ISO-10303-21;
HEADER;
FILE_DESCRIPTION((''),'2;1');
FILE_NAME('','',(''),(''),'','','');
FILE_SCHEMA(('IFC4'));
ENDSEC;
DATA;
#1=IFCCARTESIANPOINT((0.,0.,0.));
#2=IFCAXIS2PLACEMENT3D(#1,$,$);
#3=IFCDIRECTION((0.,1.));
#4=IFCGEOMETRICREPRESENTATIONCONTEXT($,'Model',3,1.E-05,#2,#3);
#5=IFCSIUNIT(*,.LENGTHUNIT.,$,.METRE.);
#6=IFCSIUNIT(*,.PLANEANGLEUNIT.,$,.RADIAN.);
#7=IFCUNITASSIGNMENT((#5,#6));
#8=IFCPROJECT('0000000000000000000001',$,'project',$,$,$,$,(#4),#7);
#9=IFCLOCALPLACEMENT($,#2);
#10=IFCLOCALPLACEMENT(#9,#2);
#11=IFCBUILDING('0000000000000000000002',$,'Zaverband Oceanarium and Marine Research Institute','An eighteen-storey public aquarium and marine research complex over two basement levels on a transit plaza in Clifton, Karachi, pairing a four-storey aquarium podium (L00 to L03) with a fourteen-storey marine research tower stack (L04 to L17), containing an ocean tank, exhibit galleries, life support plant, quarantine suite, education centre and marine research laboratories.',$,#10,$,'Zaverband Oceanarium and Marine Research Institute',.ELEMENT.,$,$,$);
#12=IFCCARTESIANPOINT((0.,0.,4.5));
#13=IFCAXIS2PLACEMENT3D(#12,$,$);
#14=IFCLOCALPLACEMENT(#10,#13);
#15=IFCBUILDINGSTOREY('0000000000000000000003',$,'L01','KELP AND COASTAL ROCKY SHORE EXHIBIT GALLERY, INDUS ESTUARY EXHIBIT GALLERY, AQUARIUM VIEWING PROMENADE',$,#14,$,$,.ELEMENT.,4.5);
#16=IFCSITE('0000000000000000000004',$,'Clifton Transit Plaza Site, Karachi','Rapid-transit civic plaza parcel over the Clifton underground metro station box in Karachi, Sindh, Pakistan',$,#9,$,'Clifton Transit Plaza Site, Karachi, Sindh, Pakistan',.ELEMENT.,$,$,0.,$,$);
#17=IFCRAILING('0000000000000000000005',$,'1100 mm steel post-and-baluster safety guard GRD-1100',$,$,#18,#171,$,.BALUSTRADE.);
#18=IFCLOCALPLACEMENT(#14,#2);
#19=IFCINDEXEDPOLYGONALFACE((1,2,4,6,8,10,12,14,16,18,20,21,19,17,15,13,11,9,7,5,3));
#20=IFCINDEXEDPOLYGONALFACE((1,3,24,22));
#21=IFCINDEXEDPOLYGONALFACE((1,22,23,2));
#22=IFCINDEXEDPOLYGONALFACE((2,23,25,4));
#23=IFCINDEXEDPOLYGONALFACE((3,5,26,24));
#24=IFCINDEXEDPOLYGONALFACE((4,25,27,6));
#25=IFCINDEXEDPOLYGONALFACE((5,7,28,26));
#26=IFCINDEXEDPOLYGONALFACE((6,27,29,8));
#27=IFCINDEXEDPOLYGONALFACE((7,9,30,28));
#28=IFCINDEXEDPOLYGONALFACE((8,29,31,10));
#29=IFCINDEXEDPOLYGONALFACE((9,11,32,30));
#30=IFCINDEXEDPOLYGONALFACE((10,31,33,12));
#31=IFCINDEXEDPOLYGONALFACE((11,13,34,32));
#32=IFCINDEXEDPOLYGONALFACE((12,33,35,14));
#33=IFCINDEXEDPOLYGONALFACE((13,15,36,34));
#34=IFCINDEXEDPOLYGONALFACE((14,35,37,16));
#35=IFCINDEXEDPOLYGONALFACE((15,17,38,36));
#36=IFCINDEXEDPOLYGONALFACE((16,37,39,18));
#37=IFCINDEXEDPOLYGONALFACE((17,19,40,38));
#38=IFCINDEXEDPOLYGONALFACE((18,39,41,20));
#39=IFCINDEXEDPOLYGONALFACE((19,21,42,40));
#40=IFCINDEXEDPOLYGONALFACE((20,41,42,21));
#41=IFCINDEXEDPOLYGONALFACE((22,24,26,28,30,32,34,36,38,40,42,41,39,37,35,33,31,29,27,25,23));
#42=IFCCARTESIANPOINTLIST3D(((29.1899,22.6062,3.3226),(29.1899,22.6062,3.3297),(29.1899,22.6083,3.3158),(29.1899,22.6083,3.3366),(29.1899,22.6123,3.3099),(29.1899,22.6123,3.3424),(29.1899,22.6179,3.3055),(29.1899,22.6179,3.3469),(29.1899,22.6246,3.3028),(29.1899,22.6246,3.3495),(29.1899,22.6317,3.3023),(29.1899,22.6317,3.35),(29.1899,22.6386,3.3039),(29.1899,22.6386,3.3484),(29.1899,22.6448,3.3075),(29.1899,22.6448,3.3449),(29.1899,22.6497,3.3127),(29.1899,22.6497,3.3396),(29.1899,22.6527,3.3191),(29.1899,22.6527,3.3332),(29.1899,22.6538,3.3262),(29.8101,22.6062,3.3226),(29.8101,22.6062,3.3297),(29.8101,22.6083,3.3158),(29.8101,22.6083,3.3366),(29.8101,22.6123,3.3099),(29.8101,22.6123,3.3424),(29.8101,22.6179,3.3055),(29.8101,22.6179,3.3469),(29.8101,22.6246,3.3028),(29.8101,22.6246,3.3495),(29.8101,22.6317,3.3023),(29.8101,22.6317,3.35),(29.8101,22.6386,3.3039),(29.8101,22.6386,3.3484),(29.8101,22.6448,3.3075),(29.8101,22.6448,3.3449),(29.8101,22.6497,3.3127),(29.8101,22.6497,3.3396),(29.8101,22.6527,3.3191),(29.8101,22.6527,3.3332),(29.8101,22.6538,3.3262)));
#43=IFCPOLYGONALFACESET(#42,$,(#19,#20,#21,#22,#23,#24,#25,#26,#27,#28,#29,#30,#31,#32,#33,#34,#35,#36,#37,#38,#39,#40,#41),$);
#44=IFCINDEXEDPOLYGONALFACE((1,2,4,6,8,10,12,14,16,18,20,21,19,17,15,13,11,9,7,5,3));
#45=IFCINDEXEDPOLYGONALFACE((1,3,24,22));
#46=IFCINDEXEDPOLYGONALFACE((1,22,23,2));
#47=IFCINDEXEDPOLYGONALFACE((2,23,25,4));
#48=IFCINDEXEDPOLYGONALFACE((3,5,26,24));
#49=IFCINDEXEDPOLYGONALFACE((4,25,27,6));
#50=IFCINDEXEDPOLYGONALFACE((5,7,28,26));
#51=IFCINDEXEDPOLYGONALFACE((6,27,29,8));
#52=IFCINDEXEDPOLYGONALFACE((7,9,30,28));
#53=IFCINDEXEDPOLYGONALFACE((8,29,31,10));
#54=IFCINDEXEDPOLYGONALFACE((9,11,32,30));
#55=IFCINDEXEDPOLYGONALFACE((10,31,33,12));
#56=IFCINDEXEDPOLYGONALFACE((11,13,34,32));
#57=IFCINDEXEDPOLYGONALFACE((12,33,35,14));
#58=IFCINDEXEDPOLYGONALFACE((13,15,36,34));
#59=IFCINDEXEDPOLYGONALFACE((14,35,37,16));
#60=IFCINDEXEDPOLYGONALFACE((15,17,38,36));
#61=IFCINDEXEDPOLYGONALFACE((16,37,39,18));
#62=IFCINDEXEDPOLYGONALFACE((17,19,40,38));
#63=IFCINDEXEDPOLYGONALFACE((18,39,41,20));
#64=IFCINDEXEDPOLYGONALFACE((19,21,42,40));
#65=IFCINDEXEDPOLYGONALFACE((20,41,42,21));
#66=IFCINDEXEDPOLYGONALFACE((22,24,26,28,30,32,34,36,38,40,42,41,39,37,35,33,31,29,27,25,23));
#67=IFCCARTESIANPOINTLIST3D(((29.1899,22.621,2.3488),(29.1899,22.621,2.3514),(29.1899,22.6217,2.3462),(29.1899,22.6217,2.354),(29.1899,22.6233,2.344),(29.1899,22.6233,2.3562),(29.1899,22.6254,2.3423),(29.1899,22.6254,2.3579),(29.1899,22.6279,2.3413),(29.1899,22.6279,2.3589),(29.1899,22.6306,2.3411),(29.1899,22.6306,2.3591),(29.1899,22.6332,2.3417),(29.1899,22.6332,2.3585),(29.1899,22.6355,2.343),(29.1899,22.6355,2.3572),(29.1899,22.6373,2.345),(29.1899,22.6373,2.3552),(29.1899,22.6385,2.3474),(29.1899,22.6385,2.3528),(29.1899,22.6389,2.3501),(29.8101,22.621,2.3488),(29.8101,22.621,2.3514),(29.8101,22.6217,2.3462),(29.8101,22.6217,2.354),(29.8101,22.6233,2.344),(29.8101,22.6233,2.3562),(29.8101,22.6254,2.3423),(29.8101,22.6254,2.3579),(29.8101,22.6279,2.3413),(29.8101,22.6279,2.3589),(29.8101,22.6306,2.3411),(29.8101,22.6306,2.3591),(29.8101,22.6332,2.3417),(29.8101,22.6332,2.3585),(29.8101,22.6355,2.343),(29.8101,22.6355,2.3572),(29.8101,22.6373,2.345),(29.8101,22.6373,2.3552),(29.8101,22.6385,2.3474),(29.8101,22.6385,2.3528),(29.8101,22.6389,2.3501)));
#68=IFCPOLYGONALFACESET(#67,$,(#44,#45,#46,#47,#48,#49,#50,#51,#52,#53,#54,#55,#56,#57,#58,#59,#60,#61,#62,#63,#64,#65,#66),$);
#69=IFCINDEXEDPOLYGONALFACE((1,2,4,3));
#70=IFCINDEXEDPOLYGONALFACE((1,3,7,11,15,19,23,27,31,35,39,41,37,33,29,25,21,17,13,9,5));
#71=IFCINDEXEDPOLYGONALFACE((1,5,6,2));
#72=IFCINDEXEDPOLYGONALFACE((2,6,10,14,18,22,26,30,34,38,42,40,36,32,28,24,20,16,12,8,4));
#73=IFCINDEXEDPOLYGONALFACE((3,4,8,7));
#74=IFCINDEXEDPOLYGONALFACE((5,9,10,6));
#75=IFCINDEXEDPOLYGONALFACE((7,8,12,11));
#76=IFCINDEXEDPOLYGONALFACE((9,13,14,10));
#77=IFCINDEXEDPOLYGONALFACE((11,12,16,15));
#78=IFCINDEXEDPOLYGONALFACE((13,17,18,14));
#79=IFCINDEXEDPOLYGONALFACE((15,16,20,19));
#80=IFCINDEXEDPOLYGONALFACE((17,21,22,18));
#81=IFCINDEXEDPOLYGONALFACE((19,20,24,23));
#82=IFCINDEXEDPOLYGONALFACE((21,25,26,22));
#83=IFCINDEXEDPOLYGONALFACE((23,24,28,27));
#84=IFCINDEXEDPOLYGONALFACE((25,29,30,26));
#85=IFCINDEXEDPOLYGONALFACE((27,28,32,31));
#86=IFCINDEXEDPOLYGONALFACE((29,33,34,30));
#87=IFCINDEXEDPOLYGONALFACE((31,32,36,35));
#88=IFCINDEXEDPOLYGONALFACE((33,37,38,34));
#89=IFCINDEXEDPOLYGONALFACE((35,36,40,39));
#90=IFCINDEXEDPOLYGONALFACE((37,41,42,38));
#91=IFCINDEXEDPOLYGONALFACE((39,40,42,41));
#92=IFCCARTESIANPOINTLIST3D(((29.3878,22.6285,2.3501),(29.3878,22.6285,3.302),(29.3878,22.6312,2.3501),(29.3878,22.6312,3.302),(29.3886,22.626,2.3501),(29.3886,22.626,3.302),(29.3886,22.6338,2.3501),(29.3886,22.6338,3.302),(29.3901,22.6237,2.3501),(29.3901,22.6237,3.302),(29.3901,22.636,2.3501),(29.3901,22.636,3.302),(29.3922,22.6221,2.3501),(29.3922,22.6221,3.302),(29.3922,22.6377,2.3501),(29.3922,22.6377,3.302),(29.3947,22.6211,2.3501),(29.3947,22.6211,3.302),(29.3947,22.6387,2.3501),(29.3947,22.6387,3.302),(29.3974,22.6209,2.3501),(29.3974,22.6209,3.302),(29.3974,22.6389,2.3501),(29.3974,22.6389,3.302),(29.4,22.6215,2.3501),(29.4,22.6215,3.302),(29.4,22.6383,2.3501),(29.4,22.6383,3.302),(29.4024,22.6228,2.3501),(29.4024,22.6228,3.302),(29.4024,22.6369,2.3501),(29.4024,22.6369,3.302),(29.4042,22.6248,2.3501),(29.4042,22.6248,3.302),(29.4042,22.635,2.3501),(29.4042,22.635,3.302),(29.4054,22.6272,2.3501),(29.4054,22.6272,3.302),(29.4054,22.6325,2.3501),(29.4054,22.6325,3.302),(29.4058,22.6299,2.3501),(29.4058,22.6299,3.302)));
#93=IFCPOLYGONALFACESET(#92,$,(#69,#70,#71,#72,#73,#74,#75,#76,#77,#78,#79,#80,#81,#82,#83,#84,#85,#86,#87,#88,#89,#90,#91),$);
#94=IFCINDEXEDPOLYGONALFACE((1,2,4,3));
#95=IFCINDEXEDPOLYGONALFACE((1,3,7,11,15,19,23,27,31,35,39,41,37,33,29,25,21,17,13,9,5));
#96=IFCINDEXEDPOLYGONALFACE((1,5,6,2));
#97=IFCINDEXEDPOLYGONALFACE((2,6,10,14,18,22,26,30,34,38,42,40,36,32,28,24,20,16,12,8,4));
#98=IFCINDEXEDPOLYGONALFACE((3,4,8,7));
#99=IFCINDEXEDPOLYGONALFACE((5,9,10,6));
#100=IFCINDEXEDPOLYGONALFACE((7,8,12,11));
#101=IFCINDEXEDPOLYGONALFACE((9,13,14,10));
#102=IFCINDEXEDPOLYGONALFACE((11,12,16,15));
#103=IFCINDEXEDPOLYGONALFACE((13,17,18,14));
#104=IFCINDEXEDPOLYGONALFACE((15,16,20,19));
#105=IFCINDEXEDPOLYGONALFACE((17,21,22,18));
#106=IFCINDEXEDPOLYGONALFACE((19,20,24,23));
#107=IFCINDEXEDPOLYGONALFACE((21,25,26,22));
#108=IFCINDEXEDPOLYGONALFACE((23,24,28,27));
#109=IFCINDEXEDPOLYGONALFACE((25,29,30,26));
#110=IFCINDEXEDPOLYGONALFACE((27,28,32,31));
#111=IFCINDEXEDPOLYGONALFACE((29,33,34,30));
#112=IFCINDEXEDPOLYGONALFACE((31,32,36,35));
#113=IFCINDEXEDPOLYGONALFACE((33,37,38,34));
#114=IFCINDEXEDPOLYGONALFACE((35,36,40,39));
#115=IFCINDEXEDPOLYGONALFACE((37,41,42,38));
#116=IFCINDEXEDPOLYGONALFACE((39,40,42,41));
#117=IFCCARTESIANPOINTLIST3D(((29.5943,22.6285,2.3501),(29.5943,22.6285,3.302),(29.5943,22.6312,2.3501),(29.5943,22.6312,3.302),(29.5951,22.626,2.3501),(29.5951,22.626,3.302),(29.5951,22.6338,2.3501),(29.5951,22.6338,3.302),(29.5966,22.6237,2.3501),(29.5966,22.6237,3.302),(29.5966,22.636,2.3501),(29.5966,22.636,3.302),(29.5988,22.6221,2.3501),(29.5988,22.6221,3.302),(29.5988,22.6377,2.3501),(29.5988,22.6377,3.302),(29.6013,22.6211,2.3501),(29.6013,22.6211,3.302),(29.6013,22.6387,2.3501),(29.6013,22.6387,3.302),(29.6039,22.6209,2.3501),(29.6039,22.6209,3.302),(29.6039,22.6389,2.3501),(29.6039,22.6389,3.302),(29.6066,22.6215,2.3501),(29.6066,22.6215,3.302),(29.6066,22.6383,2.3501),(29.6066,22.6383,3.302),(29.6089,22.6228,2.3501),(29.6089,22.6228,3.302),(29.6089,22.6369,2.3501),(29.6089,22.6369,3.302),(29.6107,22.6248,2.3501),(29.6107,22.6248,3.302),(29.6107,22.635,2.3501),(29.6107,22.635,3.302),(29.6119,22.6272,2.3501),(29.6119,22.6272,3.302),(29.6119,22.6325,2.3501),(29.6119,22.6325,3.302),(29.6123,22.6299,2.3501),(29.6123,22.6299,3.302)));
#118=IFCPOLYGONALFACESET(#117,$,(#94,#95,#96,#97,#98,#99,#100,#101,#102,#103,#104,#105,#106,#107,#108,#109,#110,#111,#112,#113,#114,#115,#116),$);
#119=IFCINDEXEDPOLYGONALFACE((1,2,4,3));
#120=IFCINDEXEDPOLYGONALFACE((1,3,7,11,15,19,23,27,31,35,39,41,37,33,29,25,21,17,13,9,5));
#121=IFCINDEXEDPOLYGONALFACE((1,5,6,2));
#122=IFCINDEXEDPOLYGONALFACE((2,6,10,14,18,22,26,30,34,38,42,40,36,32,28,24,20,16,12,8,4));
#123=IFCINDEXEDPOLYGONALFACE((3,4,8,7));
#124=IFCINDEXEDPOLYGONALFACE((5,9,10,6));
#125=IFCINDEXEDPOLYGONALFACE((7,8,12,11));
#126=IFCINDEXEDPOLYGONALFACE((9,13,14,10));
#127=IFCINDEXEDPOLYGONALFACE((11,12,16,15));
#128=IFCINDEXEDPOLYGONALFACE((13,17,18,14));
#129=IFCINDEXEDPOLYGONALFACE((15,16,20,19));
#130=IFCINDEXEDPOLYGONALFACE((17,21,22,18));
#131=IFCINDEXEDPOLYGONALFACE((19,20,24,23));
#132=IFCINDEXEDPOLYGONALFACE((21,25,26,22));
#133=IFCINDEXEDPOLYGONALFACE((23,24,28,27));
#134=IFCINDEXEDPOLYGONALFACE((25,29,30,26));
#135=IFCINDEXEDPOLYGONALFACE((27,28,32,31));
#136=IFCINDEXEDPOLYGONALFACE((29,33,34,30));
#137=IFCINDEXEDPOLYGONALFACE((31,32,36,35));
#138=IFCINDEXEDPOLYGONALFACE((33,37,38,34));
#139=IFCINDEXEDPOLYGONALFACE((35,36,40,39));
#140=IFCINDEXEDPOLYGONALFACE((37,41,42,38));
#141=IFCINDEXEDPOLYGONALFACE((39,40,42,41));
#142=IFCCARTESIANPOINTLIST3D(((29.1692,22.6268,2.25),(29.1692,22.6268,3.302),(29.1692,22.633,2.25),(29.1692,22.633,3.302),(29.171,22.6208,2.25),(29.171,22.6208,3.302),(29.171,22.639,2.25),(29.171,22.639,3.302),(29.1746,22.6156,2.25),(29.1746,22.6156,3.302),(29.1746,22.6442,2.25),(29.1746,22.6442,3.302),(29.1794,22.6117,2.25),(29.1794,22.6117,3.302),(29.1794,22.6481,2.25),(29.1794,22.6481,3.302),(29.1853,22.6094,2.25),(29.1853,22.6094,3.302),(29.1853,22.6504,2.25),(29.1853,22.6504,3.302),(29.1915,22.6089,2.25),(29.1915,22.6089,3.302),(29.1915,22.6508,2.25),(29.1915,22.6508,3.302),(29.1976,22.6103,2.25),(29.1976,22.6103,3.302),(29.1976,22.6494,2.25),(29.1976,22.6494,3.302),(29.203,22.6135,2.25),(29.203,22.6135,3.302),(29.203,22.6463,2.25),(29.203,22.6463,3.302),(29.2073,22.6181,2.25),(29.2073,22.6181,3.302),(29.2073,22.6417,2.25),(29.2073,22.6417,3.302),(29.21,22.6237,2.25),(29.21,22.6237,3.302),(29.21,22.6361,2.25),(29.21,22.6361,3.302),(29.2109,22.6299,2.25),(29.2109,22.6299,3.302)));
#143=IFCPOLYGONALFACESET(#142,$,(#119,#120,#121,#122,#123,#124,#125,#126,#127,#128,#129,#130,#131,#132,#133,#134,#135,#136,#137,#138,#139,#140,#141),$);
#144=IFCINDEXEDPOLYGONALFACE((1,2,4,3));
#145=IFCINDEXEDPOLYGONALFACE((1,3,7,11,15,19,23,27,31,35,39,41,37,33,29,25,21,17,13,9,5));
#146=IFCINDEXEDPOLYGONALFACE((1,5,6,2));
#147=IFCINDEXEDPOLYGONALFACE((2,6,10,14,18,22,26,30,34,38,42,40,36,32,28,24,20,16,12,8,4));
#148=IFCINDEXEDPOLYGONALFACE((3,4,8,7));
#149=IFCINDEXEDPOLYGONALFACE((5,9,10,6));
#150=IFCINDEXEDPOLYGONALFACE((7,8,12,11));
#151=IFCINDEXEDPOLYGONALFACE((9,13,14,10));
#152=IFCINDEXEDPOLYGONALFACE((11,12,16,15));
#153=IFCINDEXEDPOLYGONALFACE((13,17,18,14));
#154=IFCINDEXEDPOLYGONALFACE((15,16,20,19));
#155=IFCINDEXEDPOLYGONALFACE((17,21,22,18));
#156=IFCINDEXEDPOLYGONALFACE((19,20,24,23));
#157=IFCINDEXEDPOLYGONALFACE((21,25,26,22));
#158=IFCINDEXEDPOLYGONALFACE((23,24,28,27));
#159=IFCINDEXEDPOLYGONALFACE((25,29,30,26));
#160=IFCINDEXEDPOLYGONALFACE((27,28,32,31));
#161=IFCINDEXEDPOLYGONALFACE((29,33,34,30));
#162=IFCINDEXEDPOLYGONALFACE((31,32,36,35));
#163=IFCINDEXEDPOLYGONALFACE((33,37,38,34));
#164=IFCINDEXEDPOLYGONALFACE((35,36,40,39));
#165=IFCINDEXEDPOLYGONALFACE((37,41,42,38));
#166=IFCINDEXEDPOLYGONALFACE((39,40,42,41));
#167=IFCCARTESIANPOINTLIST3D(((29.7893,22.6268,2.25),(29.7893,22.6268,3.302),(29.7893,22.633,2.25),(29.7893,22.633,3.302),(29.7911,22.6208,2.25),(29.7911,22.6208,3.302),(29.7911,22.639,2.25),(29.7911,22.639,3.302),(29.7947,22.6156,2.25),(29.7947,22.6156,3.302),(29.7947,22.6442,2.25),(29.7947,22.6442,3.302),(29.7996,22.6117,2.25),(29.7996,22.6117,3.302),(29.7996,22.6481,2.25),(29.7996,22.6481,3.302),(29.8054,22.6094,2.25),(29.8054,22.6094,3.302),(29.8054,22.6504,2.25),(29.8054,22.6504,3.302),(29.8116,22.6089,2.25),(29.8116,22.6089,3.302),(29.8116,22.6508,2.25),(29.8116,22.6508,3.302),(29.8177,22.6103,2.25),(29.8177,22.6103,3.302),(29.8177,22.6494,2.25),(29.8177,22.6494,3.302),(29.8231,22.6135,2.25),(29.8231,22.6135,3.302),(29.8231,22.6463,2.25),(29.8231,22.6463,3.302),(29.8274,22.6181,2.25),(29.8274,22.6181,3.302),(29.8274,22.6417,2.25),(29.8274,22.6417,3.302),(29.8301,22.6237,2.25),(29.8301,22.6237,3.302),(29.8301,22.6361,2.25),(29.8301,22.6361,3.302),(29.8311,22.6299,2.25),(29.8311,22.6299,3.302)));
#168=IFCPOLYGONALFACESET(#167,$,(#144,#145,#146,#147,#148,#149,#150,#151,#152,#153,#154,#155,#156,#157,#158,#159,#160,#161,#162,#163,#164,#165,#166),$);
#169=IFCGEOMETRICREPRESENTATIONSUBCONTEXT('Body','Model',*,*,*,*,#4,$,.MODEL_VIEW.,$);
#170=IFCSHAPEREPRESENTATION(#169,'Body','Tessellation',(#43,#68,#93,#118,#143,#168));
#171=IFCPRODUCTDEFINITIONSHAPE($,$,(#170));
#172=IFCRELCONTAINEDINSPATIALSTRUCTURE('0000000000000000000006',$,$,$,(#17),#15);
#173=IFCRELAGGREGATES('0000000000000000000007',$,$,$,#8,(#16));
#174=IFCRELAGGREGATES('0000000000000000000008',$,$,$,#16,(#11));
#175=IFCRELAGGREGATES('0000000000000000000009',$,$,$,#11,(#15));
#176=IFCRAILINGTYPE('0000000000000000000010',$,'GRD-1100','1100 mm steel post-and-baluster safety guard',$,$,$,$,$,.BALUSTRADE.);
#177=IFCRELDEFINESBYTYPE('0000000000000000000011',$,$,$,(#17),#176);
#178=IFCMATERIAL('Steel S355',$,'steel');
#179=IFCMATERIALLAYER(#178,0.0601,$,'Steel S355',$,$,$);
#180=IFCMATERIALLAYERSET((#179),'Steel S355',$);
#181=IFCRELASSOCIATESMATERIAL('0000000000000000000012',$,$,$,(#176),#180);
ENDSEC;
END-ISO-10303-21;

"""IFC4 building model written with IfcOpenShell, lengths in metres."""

from ifc_helpers import new_model, si_unit, direction, frame, origin, origin_2d, place, context, subcontext, project, spatial, circle, extrude, material, layer, layer_set, type_object, element, save


model = new_model("IFC4")

# Units and contexts
model_context = context("Model", 3, precision=1e-05, world=origin(), true_north=direction((0.0, 1.0)))
body_context = subcontext(model_context, "Body", "Model", "MODEL_VIEW")
ifc_project = project(units=[si_unit("LENGTHUNIT", "METRE"), si_unit("PLANEANGLEUNIT", "RADIAN")], contexts=[model_context])

# Site, building, storey
site_placement = place(None, origin())
site = spatial("IfcSite", under=ifc_project, at=site_placement, Name="Clifton Transit Plaza Site, Karachi", Description="Rapid-transit civic plaza parcel over the Clifton underground metro station box in Karachi, Sindh, Pakistan", LongName="Clifton Transit Plaza Site, Karachi, Sindh, Pakistan", CompositionType="ELEMENT", RefElevation=0.0)
building_placement = place(site_placement, origin())
building = spatial("IfcBuilding", under=site, at=building_placement, Name="Zaverband Oceanarium and Marine Research Institute", Description="An eighteen-storey public aquarium and marine research complex over two basement levels on a transit plaza in Clifton, Karachi, pairing a four-storey aquarium podium (L00 to L03) with a fourteen-storey marine research tower stack (L04 to L17), containing an ocean tank, exhibit galleries, life support plant, quarantine suite, education centre and marine research laboratories.", LongName="Zaverband Oceanarium and Marine Research Institute", CompositionType="ELEMENT")
storey_placement = place(building_placement, frame((0.0, 0.0, 4.5)))
storey = spatial("IfcBuildingStorey", under=building, at=storey_placement, Name="L01", Description="KELP AND COASTAL ROCKY SHORE EXHIBIT GALLERY, INDUS ESTUARY EXHIBIT GALLERY, AQUARIUM VIEWING PROMENADE", CompositionType="ELEMENT", Elevation=4.5)

# Shared definitions
ifc_material_1 = material(Name="Steel S355", Category="steel")

# Railing
ifc_layer_1 = layer(ifc_material_1, 0.0601, Name="Steel S355")
ifc_layer_set_1 = layer_set([ifc_layer_1], Name="Steel S355")
railing_type_1 = type_object("IfcRailingType", Name="GRD-1100", Description="1100 mm steel post-and-baluster safety guard", PredefinedType="BALUSTRADE", material=ifc_layer_set_1)
for number, where, name in (
    (1, (29.1899, 22.6299, 2.25), "1100 mm steel post-and-baluster safety guard GRD-1100"),
):
    element("IfcRailing", number, at=place(storey_placement, frame(where)), inside=storey, type_object=railing_type_1, Name=name, PredefinedType="BALUSTRADE", context=body_context, shape_type="SweptSolid", body=[
        extrude(circle(Radius=0.0239, at=origin_2d()), frame((0.0, 0.0, 1.0762), z_axis=(1.0, 0.0, 0.0), x_axis=(0.0, 1.0, 0.0)), (0.0, 0.0, 1.0), 0.6201),
        extrude(circle(Radius=0.009, at=origin_2d()), frame((0.0, 0.0, 0.1001), z_axis=(1.0, 0.0, 0.0), x_axis=(0.0, 1.0, 0.0)), (0.0, 0.0, 1.0), 0.6201),
        extrude(circle(Radius=0.009, at=origin_2d()), frame((0.2068, 0.0, 0.1001)), (0.0, 0.0, 1.0), 0.9519),
        extrude(circle(Radius=0.009, at=origin_2d()), frame((0.4133, 0.0, 0.1001)), (0.0, 0.0, 1.0), 0.9519),
        extrude(circle(Radius=0.021, at=origin_2d()), origin(), (0.0, 0.0, 1.0), 1.052),
        extrude(circle(Radius=0.021, at=origin_2d()), frame((0.6201, 0.0, 0.0)), (0.0, 0.0, 1.0), 1.052),
    ])

save(model, "model.ifc")
